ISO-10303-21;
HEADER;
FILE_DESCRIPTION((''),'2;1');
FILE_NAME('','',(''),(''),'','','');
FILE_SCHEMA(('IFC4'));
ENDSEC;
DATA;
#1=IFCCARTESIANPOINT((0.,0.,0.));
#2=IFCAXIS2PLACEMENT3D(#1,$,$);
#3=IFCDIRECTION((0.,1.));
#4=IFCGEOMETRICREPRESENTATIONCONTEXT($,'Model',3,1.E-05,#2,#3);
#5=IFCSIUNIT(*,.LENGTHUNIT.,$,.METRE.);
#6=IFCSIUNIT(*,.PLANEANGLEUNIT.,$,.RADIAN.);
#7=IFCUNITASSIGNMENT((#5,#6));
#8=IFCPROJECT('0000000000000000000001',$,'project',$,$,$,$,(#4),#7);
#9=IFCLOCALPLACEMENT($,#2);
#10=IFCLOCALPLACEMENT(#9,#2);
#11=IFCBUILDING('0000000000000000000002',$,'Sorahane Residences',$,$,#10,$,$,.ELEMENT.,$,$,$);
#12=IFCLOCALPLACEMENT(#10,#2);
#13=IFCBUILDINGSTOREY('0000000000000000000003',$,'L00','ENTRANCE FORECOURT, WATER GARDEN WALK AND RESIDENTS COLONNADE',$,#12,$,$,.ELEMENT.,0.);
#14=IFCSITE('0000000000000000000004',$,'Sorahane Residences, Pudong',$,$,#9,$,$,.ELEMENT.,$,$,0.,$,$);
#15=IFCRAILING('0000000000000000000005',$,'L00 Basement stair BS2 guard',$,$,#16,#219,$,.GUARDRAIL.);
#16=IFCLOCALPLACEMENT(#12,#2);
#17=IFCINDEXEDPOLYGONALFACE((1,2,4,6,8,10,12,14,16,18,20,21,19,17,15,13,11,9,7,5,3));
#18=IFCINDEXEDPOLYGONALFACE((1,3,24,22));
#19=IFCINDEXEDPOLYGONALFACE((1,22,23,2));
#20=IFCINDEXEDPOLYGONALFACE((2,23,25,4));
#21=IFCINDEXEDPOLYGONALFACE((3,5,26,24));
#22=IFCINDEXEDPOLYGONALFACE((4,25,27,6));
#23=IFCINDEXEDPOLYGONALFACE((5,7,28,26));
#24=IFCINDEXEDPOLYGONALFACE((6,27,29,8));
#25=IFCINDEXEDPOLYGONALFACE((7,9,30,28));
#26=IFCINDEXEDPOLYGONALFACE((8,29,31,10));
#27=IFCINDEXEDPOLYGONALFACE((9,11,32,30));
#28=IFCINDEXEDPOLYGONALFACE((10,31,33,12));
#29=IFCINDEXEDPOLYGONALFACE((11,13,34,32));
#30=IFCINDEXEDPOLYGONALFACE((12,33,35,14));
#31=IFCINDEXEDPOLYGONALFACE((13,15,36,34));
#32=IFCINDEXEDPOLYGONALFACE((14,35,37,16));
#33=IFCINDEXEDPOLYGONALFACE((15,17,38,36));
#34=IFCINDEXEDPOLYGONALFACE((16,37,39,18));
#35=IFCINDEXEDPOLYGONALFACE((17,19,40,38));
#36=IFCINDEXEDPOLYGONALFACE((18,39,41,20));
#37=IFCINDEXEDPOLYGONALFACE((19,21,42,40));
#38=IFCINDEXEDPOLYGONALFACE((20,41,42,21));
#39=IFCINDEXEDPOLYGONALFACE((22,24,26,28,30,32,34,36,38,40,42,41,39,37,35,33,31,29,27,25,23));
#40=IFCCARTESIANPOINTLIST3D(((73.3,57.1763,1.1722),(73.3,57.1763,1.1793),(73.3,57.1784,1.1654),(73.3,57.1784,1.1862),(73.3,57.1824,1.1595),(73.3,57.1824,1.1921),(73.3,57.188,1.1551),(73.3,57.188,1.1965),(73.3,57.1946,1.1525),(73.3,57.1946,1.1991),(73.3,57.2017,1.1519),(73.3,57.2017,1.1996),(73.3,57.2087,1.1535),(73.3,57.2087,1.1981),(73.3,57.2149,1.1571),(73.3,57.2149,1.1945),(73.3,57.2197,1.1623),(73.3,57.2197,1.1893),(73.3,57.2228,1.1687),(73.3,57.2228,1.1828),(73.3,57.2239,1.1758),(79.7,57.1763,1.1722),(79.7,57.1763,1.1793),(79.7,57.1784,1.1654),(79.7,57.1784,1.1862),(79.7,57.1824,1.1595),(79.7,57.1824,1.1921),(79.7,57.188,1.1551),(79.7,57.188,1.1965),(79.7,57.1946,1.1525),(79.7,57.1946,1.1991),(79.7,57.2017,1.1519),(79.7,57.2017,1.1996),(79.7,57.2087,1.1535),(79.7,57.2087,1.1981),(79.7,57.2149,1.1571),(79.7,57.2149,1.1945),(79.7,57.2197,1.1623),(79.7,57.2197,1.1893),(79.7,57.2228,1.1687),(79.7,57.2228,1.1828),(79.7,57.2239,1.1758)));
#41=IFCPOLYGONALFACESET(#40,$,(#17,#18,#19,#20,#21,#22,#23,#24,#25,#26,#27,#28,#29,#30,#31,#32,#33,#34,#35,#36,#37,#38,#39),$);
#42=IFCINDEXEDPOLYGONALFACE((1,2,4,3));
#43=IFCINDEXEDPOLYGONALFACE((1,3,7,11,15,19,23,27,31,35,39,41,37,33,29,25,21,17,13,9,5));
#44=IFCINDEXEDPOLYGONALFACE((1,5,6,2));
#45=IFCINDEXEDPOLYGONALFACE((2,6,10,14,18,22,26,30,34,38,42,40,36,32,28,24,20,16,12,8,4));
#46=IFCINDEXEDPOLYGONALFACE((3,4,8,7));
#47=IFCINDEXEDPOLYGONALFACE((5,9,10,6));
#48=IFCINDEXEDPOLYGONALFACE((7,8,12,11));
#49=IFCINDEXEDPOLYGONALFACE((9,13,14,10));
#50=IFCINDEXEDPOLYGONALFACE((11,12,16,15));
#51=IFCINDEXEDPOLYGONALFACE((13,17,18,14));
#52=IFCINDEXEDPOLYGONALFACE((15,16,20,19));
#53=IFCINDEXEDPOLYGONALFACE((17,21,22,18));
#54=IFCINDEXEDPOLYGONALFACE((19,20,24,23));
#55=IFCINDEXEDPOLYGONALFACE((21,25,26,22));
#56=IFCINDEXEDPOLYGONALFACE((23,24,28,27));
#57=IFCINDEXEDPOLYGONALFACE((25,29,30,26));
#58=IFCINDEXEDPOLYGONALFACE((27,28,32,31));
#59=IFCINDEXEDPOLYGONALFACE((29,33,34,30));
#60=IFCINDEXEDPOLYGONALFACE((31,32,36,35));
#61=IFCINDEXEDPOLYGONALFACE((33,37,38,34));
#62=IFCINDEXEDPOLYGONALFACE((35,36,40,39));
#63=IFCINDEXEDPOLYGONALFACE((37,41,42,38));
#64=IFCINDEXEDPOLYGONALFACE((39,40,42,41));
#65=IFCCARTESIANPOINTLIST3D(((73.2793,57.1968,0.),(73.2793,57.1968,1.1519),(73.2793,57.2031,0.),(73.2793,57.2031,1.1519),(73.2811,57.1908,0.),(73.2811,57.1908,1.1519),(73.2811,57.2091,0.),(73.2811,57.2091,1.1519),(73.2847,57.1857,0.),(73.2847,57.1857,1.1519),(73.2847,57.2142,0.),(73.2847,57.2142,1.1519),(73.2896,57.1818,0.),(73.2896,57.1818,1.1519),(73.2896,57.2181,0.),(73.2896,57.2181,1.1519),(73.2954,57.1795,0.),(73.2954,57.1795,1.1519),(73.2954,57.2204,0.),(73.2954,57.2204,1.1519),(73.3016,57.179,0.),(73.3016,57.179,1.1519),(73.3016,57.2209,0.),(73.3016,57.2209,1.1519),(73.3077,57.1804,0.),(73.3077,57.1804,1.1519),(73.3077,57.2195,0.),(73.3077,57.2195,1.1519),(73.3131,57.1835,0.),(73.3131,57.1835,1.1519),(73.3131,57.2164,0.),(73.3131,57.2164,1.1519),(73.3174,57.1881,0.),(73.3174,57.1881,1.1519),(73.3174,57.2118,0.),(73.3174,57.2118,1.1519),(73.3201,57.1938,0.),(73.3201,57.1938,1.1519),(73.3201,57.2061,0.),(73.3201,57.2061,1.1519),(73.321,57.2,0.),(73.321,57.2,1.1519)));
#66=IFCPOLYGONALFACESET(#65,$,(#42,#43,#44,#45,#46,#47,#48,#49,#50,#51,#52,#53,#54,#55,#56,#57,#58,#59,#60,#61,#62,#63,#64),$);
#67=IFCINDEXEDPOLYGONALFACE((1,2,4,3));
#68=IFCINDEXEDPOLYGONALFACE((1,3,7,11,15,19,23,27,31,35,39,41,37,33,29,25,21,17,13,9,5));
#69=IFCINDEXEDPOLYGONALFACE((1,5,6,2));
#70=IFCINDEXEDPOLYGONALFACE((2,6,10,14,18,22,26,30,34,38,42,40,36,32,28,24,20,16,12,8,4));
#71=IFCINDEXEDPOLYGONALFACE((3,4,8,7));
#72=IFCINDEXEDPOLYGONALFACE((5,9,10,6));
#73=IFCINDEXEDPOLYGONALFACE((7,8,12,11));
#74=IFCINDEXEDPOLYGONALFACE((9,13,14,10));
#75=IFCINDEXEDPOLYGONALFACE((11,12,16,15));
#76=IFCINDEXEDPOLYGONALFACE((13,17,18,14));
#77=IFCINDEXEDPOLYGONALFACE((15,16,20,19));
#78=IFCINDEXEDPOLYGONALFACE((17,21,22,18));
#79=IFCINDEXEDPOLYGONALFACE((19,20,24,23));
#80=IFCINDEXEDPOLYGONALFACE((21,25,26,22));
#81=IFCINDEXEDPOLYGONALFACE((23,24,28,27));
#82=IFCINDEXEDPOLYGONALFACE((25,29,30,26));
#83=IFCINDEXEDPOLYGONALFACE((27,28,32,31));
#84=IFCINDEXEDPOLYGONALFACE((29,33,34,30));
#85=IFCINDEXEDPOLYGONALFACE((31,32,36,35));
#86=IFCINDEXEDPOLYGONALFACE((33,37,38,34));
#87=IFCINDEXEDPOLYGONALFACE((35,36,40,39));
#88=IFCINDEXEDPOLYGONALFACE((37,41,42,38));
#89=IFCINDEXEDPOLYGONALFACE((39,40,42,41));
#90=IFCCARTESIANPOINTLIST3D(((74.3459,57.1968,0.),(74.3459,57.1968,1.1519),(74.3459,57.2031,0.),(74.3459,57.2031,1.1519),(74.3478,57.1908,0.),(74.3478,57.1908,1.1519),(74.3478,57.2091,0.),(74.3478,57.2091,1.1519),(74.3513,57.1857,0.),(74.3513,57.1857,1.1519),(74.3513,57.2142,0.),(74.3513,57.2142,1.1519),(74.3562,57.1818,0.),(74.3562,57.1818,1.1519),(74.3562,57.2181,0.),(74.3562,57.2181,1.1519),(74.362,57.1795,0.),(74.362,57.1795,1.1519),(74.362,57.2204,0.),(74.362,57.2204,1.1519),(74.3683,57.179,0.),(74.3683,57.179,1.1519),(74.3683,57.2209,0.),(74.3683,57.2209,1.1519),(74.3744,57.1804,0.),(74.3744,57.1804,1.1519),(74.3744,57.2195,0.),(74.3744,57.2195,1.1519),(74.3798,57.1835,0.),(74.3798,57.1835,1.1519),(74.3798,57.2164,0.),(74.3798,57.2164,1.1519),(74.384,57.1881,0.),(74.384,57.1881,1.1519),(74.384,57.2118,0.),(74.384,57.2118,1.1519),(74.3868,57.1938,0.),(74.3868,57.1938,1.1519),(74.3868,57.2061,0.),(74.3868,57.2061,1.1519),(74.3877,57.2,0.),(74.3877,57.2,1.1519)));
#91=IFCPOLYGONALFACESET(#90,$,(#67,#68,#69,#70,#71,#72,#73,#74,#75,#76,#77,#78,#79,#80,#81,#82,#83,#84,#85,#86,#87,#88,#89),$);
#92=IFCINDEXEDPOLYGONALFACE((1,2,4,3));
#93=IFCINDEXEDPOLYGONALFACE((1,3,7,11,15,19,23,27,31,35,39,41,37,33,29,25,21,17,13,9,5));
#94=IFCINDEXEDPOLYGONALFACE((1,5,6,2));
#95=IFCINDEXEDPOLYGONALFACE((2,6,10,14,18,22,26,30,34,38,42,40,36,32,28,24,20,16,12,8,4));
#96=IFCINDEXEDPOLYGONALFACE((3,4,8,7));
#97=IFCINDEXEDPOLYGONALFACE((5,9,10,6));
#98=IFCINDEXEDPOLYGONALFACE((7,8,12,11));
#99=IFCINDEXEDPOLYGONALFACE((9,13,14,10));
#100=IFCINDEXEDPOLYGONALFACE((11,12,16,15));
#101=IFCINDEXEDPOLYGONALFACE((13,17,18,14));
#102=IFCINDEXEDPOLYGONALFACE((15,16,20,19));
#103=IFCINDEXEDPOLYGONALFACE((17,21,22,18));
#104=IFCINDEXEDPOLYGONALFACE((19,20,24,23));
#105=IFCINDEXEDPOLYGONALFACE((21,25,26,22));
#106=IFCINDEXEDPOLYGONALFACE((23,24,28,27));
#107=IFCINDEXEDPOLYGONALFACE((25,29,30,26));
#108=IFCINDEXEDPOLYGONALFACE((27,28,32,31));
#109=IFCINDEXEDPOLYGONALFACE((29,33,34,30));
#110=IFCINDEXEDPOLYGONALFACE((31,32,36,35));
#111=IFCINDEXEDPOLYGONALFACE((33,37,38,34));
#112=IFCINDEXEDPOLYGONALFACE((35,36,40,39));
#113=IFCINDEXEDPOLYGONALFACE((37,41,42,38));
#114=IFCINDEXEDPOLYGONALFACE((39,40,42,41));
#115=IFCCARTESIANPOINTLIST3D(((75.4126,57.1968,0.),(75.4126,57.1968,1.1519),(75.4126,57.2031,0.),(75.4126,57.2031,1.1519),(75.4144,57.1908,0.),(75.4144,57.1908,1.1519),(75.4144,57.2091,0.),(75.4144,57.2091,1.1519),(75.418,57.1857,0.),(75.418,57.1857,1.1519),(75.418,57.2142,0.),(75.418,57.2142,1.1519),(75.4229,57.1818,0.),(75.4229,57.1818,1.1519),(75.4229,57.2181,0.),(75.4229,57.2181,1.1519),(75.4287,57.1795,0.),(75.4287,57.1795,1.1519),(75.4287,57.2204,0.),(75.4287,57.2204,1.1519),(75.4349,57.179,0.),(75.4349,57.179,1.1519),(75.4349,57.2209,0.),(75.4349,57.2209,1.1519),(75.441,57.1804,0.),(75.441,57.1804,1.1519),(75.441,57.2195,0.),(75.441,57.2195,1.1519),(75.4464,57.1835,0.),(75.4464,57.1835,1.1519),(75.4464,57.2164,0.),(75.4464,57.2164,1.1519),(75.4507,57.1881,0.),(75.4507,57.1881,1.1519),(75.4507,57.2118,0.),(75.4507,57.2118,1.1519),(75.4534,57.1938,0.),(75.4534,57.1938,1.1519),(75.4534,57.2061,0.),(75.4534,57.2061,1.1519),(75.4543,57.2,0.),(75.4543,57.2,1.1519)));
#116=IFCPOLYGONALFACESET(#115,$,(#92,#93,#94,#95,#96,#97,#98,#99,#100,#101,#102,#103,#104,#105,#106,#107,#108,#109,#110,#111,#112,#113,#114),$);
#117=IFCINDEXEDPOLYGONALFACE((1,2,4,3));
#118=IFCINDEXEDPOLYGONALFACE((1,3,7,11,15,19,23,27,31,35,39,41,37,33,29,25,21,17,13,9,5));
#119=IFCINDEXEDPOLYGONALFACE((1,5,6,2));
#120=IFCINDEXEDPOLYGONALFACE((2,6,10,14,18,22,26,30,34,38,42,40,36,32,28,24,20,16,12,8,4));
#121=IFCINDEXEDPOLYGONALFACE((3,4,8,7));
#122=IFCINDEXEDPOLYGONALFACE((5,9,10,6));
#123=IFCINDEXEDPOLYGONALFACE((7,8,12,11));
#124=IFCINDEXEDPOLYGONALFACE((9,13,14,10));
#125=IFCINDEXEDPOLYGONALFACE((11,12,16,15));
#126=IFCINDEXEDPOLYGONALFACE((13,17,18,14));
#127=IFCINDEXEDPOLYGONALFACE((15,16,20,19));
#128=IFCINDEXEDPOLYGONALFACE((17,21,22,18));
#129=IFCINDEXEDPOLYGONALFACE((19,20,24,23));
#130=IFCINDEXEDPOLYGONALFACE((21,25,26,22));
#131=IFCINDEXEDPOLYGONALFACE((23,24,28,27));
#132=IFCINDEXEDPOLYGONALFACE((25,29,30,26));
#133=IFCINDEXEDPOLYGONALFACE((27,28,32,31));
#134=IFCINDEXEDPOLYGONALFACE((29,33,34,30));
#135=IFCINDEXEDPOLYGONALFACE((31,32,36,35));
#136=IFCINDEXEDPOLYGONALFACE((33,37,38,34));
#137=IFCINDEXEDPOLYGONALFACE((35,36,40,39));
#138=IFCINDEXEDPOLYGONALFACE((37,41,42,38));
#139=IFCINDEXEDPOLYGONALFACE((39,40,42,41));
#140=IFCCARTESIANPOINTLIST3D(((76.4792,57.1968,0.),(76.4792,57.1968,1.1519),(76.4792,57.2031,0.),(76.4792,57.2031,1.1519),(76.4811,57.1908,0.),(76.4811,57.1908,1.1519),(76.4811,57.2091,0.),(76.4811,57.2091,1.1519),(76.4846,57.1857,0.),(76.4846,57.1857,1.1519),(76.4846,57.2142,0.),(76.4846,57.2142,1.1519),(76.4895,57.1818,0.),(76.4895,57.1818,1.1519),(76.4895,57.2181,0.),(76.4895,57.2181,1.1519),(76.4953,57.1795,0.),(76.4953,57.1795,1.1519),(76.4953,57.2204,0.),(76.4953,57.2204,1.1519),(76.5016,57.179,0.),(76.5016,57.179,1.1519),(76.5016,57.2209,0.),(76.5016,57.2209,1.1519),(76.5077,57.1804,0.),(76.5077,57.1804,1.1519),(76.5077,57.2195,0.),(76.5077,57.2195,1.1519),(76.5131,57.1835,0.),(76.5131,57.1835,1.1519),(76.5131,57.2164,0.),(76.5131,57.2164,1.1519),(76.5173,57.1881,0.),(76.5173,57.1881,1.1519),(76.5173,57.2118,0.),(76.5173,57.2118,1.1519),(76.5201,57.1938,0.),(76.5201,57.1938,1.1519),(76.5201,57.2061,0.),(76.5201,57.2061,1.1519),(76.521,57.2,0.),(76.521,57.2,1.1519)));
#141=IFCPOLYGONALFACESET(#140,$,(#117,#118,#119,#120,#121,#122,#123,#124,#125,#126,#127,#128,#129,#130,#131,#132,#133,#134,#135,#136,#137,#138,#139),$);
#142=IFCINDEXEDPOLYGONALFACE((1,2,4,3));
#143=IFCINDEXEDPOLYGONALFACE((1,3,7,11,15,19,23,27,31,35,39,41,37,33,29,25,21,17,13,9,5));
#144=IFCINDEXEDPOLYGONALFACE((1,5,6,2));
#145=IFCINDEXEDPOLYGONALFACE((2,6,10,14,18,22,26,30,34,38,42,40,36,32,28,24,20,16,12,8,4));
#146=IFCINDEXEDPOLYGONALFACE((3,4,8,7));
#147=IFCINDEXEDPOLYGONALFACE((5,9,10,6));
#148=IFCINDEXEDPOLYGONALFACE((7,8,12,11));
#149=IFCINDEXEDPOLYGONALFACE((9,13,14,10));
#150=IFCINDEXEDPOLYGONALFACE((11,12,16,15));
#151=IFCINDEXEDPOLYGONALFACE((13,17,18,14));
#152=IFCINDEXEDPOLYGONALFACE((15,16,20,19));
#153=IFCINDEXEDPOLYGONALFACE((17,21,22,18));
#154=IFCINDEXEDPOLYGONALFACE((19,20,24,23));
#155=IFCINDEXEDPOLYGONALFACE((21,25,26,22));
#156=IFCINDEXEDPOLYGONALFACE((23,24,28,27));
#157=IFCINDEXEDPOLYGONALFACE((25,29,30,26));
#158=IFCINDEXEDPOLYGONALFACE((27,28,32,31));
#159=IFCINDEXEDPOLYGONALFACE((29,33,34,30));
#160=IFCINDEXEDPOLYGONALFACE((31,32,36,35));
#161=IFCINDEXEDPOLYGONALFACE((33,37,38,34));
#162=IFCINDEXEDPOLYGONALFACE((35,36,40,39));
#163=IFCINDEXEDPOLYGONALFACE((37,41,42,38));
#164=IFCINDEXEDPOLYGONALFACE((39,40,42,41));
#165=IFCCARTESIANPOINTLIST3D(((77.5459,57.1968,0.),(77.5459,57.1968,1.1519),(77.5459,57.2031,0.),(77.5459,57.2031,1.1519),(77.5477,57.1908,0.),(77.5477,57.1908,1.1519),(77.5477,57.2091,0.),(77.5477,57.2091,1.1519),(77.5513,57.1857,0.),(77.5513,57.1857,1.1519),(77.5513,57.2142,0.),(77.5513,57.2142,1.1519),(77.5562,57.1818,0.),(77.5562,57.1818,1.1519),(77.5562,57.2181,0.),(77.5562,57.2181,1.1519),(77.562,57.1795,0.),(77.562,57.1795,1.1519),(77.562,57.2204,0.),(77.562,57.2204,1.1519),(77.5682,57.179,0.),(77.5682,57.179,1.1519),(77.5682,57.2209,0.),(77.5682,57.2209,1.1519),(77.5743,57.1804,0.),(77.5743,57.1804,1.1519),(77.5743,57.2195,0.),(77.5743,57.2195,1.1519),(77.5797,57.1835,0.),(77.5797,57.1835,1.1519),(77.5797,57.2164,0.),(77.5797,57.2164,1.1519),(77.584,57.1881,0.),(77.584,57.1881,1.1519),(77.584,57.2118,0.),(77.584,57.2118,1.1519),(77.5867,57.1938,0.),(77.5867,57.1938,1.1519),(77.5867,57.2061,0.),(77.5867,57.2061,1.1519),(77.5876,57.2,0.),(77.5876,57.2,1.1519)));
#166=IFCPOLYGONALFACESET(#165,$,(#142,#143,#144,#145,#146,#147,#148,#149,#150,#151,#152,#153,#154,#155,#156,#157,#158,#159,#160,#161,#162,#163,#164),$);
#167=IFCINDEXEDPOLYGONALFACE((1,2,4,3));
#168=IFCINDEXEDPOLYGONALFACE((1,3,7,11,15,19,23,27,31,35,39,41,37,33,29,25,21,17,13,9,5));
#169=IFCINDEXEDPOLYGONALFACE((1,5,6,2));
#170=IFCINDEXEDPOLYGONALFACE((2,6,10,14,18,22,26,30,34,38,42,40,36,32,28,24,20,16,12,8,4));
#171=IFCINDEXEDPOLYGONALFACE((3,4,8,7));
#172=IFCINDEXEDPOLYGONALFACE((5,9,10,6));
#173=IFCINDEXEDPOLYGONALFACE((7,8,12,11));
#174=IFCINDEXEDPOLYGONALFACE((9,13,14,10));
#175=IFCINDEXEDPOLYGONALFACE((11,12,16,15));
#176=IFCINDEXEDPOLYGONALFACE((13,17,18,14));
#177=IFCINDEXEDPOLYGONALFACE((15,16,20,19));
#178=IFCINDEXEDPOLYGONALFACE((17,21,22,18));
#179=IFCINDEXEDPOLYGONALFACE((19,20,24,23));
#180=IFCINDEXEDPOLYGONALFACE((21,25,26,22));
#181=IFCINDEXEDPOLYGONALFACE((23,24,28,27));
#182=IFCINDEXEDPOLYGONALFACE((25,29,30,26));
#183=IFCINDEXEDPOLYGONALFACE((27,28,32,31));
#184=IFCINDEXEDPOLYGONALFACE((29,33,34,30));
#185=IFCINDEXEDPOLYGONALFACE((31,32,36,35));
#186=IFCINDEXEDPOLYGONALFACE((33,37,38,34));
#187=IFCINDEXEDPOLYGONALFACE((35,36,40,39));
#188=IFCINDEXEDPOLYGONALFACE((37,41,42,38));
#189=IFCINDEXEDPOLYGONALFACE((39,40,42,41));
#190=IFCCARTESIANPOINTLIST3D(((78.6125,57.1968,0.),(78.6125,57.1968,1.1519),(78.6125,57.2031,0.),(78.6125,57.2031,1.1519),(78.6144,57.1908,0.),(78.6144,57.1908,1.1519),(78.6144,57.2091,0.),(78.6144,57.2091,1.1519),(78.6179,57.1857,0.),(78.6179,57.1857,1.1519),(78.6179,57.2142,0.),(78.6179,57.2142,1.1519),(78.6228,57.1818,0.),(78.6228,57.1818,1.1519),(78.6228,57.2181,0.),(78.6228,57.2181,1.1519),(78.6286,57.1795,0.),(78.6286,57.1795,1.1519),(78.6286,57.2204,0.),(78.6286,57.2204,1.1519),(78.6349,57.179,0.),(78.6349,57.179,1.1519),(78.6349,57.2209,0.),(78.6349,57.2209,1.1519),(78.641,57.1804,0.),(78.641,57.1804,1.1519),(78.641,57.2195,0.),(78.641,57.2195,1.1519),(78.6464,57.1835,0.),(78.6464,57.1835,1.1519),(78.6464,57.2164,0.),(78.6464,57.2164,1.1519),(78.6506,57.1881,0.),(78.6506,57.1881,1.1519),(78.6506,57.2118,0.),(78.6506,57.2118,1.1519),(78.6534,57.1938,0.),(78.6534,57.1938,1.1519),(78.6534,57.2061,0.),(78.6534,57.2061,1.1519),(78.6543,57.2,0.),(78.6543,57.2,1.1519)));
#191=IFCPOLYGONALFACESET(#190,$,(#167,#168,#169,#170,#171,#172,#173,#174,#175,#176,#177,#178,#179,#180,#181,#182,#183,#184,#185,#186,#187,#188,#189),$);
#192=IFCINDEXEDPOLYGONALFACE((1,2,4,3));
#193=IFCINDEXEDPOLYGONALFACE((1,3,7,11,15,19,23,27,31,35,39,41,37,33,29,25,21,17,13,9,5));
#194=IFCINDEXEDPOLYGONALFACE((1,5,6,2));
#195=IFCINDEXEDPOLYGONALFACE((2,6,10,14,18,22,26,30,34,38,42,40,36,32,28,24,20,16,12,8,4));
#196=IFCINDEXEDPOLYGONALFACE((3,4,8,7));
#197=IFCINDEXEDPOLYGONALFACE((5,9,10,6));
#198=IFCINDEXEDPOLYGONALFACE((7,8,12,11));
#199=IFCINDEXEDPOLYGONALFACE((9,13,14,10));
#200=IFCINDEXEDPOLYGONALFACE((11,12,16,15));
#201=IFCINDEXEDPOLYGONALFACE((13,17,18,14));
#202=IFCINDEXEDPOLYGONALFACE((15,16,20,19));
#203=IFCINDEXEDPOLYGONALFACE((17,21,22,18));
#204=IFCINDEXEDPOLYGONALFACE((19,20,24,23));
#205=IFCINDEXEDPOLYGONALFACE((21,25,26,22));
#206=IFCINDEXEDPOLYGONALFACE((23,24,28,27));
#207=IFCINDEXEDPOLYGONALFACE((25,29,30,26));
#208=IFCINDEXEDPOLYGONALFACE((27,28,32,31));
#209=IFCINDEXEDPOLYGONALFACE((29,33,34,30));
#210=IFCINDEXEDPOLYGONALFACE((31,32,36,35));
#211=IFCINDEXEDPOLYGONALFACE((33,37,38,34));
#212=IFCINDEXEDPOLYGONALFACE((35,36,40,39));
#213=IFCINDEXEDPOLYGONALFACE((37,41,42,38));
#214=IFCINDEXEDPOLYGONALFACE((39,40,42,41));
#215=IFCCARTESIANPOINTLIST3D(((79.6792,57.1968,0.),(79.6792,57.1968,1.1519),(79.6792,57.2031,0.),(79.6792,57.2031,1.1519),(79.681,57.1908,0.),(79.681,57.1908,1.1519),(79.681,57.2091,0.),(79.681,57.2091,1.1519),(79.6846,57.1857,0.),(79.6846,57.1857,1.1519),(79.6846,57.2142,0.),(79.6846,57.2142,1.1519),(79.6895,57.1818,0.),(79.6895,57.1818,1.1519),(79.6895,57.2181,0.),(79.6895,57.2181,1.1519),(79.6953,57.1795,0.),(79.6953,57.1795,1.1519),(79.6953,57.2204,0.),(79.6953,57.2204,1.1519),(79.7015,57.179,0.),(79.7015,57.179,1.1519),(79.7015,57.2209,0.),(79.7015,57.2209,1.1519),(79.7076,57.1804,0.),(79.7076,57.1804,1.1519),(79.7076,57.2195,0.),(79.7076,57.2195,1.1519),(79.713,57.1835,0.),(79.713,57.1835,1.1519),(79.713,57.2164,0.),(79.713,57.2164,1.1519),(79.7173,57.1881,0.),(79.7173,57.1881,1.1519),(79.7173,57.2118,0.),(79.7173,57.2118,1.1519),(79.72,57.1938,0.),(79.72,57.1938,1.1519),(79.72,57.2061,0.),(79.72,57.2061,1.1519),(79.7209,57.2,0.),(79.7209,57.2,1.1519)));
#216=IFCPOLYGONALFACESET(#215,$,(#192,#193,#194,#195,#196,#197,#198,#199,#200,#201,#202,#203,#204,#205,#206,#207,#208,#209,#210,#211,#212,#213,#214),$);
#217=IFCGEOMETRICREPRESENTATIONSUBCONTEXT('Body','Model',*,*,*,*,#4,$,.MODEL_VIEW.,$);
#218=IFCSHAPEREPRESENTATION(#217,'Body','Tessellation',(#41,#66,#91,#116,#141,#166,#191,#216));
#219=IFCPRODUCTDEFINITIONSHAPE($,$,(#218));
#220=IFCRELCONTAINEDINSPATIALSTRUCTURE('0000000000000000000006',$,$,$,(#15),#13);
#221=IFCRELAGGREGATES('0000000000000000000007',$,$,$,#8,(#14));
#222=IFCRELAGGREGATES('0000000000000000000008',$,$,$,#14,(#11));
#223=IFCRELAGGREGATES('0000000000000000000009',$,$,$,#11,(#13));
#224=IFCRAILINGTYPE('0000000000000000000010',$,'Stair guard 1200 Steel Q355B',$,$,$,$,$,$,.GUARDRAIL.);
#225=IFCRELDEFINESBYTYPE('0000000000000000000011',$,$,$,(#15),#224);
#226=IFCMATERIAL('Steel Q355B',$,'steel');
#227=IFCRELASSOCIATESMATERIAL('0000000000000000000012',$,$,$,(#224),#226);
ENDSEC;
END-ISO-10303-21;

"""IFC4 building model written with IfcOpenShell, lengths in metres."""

from ifc_helpers import new_model, si_unit, direction, frame, origin, origin_2d, place, context, subcontext, project, spatial, circle, extrude, material, type_object, element, save


model = new_model("IFC4")

# Units and contexts
model_context = context("Model", 3, precision=1e-05, world=origin(), true_north=direction((0.0, 1.0)))
body_context = subcontext(model_context, "Body", "Model", "MODEL_VIEW")
ifc_project = project(units=[si_unit("LENGTHUNIT", "METRE"), si_unit("PLANEANGLEUNIT", "RADIAN")], contexts=[model_context])

# Site, building, storey
site_placement = place(None, origin())
site = spatial("IfcSite", under=ifc_project, at=site_placement, Name="Sorahane Residences, Pudong", CompositionType="ELEMENT", RefElevation=0.0)
building_placement = place(site_placement, origin())
building = spatial("IfcBuilding", under=site, at=building_placement, Name="Sorahane Residences", CompositionType="ELEMENT")
storey_placement = place(building_placement, origin())
storey = spatial("IfcBuildingStorey", under=building, at=storey_placement, Name="L00", Description="ENTRANCE FORECOURT, WATER GARDEN WALK AND RESIDENTS COLONNADE", CompositionType="ELEMENT", Elevation=0.0)

# Railing
ifc_material_1 = material(Name="Steel Q355B", Category="steel")
railing_type = type_object("IfcRailingType", Name="Stair guard 1200 Steel Q355B", PredefinedType="GUARDRAIL", material=ifc_material_1)
railing_1_placement = place(storey_placement, frame((73.3, 57.2, 0.0)))
element("IfcRailing", 1, at=railing_1_placement, inside=storey, type_object=railing_type, Name="L00 Basement stair BS2 guard", PredefinedType="GUARDRAIL", context=body_context, shape_type="SweptSolid", body=[
    extrude(circle(Radius=0.0239, at=origin_2d()), frame((0.0, 0.0, 1.1758), z_axis=(1.0, 0.0, 0.0), x_axis=(0.0, 1.0, 0.0)), (0.0, 0.0, 1.0), 6.3999),
    extrude(circle(Radius=0.021, at=origin_2d()), origin(), (0.0, 0.0, 1.0), 1.1519),
    extrude(circle(Radius=0.021, at=origin_2d()), frame((1.0667, 0.0, 0.0)), (0.0, 0.0, 1.0), 1.1519),
    extrude(circle(Radius=0.021, at=origin_2d()), frame((2.1333, 0.0, 0.0)), (0.0, 0.0, 1.0), 1.1519),
    extrude(circle(Radius=0.021, at=origin_2d()), frame((3.2, 0.0, 0.0)), (0.0, 0.0, 1.0), 1.1519),
    extrude(circle(Radius=0.021, at=origin_2d()), frame((4.2666, 0.0, 0.0)), (0.0, 0.0, 1.0), 1.1519),
    extrude(circle(Radius=0.021, at=origin_2d()), frame((5.3333, 0.0, 0.0)), (0.0, 0.0, 1.0), 1.1519),
    extrude(circle(Radius=0.021, at=origin_2d()), frame((6.3999, 0.0, 0.0)), (0.0, 0.0, 1.0), 1.1519),
])

save(model, "model.ifc")
